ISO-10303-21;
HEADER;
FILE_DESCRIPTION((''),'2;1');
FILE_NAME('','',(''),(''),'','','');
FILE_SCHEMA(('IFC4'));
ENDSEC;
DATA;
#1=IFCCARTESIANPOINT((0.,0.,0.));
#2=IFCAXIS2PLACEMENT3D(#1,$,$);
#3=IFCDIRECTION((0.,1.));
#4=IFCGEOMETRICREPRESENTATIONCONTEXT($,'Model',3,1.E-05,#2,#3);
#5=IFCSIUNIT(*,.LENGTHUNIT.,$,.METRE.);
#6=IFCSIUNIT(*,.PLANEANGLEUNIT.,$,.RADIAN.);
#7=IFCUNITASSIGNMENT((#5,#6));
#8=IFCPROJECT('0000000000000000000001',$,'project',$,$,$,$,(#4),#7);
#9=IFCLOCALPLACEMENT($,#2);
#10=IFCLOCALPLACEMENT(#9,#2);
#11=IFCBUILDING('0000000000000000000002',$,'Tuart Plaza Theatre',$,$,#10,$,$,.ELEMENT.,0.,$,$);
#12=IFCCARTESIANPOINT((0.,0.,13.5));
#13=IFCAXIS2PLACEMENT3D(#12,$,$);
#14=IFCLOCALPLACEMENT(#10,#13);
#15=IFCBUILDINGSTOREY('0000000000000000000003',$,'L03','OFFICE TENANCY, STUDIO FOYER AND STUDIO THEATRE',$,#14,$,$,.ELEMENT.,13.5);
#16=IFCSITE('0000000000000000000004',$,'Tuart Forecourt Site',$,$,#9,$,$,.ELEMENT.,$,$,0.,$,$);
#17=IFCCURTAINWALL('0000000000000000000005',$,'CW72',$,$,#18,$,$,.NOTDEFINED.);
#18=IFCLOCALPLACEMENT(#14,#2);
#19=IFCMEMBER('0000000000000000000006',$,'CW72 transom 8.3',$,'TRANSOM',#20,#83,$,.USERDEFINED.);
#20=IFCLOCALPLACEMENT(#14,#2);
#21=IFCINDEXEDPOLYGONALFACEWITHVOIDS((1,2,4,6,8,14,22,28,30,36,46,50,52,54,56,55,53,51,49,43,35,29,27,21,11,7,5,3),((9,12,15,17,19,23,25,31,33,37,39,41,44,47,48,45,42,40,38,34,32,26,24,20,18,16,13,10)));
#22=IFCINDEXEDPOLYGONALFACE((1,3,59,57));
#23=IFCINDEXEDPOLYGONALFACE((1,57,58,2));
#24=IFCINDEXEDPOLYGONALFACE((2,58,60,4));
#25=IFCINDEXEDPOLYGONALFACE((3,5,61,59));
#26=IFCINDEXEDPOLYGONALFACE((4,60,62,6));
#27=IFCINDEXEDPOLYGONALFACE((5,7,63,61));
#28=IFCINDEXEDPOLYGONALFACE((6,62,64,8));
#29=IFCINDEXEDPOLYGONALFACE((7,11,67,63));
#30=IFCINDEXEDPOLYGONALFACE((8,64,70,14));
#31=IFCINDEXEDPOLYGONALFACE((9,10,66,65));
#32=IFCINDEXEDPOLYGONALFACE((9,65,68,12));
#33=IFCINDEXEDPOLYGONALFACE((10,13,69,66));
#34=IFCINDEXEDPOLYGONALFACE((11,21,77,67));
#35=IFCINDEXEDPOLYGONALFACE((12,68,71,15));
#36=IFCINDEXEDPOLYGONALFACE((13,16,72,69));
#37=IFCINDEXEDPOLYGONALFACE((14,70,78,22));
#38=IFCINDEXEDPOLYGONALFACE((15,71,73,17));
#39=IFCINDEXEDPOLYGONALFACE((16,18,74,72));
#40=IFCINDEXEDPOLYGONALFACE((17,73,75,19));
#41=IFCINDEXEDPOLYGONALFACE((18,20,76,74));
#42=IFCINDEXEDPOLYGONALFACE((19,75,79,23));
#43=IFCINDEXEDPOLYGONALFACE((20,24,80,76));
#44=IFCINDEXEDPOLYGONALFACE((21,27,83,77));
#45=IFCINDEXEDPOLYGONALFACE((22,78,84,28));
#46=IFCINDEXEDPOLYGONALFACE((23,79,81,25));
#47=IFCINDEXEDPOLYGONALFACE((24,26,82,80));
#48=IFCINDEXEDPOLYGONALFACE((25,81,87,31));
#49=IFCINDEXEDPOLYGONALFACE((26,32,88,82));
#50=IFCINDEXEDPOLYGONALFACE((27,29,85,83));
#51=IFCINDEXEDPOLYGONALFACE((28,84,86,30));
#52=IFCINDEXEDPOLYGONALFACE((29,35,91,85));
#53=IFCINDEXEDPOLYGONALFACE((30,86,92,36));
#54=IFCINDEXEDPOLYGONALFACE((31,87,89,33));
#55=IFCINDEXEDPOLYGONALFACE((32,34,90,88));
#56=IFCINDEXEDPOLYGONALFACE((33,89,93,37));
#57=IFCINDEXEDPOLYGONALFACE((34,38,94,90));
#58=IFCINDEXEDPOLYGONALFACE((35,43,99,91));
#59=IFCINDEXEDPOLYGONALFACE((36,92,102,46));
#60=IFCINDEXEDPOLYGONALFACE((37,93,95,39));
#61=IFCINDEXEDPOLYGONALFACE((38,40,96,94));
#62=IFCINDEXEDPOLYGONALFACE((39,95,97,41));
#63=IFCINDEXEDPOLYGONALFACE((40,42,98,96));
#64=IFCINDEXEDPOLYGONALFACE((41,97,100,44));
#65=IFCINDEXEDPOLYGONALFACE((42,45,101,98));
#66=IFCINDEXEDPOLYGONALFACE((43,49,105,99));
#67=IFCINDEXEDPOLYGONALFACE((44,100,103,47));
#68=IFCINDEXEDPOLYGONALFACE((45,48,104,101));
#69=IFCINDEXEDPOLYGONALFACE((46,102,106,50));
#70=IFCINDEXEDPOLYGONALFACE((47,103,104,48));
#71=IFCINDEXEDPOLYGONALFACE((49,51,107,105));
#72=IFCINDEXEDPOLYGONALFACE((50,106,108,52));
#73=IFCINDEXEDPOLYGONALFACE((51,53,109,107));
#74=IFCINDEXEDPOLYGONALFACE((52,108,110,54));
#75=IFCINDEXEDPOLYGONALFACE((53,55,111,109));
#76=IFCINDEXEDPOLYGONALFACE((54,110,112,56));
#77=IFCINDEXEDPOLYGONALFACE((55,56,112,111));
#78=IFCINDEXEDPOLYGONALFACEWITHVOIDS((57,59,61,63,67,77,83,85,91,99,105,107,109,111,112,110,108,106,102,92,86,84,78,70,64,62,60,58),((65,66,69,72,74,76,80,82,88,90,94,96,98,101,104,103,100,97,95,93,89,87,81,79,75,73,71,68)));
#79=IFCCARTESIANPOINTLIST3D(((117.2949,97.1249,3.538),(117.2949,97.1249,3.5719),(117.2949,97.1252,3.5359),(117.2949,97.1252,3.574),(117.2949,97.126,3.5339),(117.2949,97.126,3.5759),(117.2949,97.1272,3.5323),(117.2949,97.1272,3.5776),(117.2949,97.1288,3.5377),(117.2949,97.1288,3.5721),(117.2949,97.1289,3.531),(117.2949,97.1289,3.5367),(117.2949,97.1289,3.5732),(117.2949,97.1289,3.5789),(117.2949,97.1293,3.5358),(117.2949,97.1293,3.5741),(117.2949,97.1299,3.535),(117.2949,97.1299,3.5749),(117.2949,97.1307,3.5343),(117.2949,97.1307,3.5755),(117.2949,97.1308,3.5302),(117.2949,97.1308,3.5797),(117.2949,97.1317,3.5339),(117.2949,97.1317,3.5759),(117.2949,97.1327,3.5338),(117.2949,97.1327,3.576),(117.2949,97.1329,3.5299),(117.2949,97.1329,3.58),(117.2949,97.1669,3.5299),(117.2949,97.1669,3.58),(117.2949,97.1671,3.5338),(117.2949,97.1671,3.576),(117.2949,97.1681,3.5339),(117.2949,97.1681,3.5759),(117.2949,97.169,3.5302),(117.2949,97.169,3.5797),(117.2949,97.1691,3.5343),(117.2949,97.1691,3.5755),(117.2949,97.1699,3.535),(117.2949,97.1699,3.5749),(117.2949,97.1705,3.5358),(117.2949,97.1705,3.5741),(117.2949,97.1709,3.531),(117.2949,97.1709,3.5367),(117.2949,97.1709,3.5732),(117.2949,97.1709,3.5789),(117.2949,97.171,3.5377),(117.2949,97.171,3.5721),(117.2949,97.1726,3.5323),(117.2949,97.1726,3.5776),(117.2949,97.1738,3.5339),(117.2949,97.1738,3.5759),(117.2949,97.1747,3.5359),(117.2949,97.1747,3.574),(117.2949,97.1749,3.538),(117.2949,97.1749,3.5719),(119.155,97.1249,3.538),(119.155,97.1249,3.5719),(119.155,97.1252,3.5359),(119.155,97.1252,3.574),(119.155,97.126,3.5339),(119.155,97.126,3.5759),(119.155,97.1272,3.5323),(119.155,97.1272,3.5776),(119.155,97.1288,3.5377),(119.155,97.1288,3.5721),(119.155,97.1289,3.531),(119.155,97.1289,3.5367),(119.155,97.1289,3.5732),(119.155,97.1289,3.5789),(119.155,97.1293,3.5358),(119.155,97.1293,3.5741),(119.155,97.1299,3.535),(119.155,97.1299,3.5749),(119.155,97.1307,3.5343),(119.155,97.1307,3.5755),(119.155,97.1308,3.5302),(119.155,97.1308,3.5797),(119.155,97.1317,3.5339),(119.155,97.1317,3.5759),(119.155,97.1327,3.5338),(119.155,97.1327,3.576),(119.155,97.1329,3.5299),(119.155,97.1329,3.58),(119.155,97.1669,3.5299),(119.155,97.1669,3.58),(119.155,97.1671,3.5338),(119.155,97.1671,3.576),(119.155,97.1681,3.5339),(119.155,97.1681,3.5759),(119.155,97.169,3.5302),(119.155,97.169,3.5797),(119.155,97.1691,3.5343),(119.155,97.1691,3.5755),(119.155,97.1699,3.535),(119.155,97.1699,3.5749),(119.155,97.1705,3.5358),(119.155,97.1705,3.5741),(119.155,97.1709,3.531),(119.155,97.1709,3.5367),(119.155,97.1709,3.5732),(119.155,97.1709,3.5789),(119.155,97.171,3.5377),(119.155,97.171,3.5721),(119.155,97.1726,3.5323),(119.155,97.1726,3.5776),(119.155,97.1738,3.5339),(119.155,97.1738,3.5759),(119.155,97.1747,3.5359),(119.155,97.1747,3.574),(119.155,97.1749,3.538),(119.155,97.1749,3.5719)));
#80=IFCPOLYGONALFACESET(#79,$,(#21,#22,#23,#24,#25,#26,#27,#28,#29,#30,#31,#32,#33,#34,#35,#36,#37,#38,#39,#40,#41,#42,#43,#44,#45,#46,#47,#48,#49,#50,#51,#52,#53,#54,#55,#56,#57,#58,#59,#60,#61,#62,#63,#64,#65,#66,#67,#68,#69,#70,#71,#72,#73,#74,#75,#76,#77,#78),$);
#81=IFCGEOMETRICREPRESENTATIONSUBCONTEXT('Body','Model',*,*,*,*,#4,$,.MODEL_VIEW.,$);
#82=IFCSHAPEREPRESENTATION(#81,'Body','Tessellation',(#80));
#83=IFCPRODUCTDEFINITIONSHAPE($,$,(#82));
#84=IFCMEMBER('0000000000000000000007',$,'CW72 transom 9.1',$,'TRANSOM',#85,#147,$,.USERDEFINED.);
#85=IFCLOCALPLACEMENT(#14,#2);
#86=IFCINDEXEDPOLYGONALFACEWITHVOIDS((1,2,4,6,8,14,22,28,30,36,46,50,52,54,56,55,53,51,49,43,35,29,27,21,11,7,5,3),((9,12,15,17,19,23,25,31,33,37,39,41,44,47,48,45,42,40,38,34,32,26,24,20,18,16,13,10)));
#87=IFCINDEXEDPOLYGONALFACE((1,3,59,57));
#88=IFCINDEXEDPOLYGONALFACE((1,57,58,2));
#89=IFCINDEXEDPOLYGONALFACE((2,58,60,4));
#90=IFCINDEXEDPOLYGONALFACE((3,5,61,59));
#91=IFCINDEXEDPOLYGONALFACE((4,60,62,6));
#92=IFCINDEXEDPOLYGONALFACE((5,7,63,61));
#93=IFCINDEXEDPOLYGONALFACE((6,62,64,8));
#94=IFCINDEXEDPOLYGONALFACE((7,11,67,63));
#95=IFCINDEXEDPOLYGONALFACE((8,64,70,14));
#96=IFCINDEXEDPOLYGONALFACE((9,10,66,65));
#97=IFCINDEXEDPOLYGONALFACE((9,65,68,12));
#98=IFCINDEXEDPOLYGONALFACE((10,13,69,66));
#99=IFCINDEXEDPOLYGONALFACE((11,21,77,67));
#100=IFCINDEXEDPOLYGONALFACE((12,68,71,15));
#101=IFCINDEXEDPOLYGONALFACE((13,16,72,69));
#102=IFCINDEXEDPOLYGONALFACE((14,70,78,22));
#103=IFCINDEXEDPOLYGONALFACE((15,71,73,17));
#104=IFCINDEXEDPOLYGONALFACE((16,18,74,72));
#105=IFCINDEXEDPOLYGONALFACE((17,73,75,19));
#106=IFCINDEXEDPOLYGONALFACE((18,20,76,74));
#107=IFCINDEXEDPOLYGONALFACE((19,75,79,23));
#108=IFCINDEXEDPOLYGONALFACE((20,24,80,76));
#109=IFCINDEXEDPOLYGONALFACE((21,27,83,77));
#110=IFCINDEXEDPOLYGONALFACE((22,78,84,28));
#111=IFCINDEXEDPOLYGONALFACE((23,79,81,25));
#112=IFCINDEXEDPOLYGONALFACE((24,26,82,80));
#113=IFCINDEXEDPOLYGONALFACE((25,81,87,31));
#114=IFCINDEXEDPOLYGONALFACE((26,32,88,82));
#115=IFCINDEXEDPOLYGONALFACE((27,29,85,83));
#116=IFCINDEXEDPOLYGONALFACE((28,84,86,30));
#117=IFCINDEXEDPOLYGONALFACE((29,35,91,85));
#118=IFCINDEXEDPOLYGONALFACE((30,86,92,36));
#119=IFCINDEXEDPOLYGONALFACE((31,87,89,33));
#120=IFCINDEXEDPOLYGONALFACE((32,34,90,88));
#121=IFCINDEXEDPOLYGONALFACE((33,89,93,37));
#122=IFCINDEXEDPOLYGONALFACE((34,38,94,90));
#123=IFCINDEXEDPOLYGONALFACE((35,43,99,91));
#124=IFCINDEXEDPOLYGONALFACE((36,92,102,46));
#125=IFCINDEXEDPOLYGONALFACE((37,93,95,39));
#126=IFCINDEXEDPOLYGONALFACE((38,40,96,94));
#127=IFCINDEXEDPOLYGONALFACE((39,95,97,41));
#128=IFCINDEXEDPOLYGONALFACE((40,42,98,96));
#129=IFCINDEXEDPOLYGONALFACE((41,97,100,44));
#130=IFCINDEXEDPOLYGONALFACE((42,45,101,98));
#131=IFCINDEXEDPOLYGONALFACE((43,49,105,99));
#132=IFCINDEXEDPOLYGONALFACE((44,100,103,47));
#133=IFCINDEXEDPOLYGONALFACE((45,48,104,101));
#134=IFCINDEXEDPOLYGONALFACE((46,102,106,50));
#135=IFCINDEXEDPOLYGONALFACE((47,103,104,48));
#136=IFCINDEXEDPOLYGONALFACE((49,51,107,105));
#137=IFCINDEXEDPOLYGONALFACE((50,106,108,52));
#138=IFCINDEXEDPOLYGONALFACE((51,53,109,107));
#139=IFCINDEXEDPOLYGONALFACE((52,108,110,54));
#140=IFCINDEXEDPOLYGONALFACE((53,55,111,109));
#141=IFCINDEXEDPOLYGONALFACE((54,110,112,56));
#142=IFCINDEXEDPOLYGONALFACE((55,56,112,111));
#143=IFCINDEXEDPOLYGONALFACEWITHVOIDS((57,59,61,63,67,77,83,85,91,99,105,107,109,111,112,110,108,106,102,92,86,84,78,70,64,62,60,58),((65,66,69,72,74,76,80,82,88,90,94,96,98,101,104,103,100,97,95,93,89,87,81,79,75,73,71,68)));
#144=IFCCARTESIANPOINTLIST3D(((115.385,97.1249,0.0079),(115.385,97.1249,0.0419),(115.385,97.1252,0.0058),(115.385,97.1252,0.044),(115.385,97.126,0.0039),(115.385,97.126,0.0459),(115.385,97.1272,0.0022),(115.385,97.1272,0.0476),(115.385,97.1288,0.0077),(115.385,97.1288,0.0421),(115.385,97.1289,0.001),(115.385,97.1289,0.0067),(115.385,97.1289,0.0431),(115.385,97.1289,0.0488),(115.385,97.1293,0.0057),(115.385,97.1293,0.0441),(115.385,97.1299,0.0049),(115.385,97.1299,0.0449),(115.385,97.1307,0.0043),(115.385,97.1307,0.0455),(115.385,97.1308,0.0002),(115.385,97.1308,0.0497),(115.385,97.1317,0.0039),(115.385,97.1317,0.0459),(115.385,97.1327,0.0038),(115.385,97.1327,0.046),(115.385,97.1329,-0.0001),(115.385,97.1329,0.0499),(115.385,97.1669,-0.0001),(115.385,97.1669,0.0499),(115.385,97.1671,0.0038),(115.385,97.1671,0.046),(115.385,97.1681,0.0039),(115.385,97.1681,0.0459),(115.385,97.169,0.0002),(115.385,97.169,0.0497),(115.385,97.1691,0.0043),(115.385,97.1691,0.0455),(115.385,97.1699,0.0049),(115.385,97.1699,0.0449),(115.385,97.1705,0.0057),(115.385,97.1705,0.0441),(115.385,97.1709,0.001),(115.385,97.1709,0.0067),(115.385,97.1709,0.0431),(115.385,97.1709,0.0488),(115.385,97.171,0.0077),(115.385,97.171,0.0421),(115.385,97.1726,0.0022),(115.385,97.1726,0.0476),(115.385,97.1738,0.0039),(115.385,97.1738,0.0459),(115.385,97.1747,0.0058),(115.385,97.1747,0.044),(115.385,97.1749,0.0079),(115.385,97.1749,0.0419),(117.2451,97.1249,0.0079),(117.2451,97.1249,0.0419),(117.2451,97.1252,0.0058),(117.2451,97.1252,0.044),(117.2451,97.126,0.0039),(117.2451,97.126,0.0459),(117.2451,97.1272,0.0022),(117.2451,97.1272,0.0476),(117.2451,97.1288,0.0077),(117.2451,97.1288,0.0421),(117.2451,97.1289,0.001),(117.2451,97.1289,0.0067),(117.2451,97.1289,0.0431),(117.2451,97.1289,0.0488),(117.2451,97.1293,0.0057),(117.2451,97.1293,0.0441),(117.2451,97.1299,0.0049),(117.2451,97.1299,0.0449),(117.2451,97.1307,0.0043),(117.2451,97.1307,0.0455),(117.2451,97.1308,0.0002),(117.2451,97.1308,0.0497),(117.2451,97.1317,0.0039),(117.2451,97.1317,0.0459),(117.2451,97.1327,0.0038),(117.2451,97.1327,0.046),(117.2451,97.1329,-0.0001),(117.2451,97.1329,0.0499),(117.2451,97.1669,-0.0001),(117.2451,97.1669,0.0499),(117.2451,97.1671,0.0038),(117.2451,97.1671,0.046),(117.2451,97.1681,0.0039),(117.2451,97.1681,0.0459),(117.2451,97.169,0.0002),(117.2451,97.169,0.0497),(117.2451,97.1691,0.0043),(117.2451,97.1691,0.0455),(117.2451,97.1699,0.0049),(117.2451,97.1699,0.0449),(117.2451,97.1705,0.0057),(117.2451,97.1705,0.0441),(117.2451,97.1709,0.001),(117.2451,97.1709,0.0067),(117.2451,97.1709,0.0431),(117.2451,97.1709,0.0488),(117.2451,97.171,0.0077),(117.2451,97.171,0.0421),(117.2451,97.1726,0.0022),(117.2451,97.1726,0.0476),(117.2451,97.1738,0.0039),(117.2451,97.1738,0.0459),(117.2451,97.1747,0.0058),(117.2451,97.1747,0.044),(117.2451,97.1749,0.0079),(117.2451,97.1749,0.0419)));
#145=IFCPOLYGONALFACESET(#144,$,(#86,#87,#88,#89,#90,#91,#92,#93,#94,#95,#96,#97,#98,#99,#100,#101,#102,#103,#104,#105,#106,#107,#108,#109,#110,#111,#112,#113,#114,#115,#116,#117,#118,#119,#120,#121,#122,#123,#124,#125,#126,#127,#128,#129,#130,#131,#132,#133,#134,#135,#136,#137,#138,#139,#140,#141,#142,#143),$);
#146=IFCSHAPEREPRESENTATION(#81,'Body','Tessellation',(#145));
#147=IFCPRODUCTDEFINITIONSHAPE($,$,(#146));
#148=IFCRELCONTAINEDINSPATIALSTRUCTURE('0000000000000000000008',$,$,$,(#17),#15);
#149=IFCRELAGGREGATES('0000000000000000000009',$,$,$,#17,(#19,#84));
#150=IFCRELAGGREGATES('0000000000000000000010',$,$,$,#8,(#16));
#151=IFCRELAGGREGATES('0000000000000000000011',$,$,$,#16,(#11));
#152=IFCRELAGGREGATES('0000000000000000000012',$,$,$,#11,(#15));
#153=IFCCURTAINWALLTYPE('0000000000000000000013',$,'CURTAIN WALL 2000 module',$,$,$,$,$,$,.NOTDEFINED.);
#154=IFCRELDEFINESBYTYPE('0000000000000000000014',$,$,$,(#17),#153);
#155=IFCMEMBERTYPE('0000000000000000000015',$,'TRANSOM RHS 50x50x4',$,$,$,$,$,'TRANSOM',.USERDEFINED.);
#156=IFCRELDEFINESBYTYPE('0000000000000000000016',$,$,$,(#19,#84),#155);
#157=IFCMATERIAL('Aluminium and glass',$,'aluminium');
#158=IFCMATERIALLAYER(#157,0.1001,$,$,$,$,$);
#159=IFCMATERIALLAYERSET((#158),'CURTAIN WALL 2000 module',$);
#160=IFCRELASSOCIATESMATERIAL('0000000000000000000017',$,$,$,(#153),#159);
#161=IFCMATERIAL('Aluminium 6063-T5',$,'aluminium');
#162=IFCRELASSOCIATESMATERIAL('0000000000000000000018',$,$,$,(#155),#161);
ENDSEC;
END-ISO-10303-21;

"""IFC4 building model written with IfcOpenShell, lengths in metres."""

from ifc_helpers import new_model, si_unit, direction, frame, origin, origin_2d, place, context, subcontext, project, spatial, hollow_rectangle, extrude, material, layer, layer_set, material_profile, profile_set, type_object, element, aggregate, save


model = new_model("IFC4")

# Units and contexts
model_context = context("Model", 3, precision=1e-05, world=origin(), true_north=direction((0.0, 1.0)))
body_context = subcontext(model_context, "Body", "Model", "MODEL_VIEW")
ifc_project = project(units=[si_unit("LENGTHUNIT", "METRE"), si_unit("PLANEANGLEUNIT", "RADIAN")], contexts=[model_context])

# Site, building, storey
site_placement = place(None, origin())
site = spatial("IfcSite", under=ifc_project, at=site_placement, Name="Tuart Forecourt Site", CompositionType="ELEMENT", RefElevation=0.0)
building_placement = place(site_placement, origin())
building = spatial("IfcBuilding", under=site, at=building_placement, Name="Tuart Plaza Theatre", CompositionType="ELEMENT", ElevationOfRefHeight=0.0)
storey_placement = place(building_placement, frame((0.0, 0.0, 13.5)))
storey = spatial("IfcBuildingStorey", under=building, at=storey_placement, Name="L03", Description="OFFICE TENANCY, STUDIO FOYER AND STUDIO THEATRE", CompositionType="ELEMENT", Elevation=13.5)

# Curtain wall, members
ifc_material_1 = material(Name="Aluminium and glass", Category="aluminium")
ifc_layer_1 = layer(ifc_material_1, 0.1001)
ifc_layer_set_1 = layer_set([ifc_layer_1], Name="CURTAIN WALL 2000 module")
curtain_wall_type = type_object("IfcCurtainWallType", Name="CURTAIN WALL 2000 module", PredefinedType="NOTDEFINED", material=ifc_layer_set_1)
curtain_wall_1_placement = place(storey_placement, origin())
curtain_wall_1 = element("IfcCurtainWall", 1, at=curtain_wall_1_placement, inside=storey, type_object=curtain_wall_type, Name="CW72", PredefinedType="NOTDEFINED")
ifc_material_2 = material(Name="Aluminium 6063-T5", Category="aluminium")
ifc_material_profile_1 = material_profile(ifc_material_2, hollow_rectangle(XDim=0.05, YDim=0.05, WallThickness=0.0039, InnerFilletRadius=0.0039, OuterFilletRadius=0.0081, at=origin_2d()), Name="RHS 50x50x4")
ifc_profile_set_1 = profile_set([ifc_material_profile_1], Name="Aluminium 6063-T5")
member_type_1 = type_object("IfcMemberType", Name="TRANSOM RHS 50x50x4", ElementType="TRANSOM", PredefinedType="USERDEFINED", material=ifc_profile_set_1)
member_1_placement = place(storey_placement, frame((119.155, 97.1499, 3.5549), z_axis=(-1.0, 0.0, 0.0), x_axis=(0.0, -1.0, 0.0)))
member_1 = element("IfcMember", 2, at=member_1_placement, type_object=member_type_1, Name="CW72 transom 8.3", ObjectType="TRANSOM", PredefinedType="USERDEFINED", context=body_context, shape_type="SweptSolid", body=[
    extrude(hollow_rectangle(XDim=0.05, YDim=0.05, WallThickness=0.0039, InnerFilletRadius=0.0039, OuterFilletRadius=0.0081, at=origin_2d()), origin(), (0.0, 0.0, 1.0), 1.8601),
])
member_2_placement = place(storey_placement, frame((117.2451, 97.1499, 0.0249), z_axis=(-1.0, 0.0, 0.0), x_axis=(0.0, -1.0, 0.0)))
member_2 = element("IfcMember", 3, at=member_2_placement, type_object=member_type_1, Name="CW72 transom 9.1", ObjectType="TRANSOM", PredefinedType="USERDEFINED", context=body_context, shape_type="SweptSolid", body=[
    extrude(hollow_rectangle(XDim=0.05, YDim=0.05, WallThickness=0.0039, InnerFilletRadius=0.0039, OuterFilletRadius=0.0081, at=origin_2d()), origin(), (0.0, 0.0, 1.0), 1.8601),
])

aggregate(curtain_wall_1, [member_1, member_2])

save(model, "model.ifc")
